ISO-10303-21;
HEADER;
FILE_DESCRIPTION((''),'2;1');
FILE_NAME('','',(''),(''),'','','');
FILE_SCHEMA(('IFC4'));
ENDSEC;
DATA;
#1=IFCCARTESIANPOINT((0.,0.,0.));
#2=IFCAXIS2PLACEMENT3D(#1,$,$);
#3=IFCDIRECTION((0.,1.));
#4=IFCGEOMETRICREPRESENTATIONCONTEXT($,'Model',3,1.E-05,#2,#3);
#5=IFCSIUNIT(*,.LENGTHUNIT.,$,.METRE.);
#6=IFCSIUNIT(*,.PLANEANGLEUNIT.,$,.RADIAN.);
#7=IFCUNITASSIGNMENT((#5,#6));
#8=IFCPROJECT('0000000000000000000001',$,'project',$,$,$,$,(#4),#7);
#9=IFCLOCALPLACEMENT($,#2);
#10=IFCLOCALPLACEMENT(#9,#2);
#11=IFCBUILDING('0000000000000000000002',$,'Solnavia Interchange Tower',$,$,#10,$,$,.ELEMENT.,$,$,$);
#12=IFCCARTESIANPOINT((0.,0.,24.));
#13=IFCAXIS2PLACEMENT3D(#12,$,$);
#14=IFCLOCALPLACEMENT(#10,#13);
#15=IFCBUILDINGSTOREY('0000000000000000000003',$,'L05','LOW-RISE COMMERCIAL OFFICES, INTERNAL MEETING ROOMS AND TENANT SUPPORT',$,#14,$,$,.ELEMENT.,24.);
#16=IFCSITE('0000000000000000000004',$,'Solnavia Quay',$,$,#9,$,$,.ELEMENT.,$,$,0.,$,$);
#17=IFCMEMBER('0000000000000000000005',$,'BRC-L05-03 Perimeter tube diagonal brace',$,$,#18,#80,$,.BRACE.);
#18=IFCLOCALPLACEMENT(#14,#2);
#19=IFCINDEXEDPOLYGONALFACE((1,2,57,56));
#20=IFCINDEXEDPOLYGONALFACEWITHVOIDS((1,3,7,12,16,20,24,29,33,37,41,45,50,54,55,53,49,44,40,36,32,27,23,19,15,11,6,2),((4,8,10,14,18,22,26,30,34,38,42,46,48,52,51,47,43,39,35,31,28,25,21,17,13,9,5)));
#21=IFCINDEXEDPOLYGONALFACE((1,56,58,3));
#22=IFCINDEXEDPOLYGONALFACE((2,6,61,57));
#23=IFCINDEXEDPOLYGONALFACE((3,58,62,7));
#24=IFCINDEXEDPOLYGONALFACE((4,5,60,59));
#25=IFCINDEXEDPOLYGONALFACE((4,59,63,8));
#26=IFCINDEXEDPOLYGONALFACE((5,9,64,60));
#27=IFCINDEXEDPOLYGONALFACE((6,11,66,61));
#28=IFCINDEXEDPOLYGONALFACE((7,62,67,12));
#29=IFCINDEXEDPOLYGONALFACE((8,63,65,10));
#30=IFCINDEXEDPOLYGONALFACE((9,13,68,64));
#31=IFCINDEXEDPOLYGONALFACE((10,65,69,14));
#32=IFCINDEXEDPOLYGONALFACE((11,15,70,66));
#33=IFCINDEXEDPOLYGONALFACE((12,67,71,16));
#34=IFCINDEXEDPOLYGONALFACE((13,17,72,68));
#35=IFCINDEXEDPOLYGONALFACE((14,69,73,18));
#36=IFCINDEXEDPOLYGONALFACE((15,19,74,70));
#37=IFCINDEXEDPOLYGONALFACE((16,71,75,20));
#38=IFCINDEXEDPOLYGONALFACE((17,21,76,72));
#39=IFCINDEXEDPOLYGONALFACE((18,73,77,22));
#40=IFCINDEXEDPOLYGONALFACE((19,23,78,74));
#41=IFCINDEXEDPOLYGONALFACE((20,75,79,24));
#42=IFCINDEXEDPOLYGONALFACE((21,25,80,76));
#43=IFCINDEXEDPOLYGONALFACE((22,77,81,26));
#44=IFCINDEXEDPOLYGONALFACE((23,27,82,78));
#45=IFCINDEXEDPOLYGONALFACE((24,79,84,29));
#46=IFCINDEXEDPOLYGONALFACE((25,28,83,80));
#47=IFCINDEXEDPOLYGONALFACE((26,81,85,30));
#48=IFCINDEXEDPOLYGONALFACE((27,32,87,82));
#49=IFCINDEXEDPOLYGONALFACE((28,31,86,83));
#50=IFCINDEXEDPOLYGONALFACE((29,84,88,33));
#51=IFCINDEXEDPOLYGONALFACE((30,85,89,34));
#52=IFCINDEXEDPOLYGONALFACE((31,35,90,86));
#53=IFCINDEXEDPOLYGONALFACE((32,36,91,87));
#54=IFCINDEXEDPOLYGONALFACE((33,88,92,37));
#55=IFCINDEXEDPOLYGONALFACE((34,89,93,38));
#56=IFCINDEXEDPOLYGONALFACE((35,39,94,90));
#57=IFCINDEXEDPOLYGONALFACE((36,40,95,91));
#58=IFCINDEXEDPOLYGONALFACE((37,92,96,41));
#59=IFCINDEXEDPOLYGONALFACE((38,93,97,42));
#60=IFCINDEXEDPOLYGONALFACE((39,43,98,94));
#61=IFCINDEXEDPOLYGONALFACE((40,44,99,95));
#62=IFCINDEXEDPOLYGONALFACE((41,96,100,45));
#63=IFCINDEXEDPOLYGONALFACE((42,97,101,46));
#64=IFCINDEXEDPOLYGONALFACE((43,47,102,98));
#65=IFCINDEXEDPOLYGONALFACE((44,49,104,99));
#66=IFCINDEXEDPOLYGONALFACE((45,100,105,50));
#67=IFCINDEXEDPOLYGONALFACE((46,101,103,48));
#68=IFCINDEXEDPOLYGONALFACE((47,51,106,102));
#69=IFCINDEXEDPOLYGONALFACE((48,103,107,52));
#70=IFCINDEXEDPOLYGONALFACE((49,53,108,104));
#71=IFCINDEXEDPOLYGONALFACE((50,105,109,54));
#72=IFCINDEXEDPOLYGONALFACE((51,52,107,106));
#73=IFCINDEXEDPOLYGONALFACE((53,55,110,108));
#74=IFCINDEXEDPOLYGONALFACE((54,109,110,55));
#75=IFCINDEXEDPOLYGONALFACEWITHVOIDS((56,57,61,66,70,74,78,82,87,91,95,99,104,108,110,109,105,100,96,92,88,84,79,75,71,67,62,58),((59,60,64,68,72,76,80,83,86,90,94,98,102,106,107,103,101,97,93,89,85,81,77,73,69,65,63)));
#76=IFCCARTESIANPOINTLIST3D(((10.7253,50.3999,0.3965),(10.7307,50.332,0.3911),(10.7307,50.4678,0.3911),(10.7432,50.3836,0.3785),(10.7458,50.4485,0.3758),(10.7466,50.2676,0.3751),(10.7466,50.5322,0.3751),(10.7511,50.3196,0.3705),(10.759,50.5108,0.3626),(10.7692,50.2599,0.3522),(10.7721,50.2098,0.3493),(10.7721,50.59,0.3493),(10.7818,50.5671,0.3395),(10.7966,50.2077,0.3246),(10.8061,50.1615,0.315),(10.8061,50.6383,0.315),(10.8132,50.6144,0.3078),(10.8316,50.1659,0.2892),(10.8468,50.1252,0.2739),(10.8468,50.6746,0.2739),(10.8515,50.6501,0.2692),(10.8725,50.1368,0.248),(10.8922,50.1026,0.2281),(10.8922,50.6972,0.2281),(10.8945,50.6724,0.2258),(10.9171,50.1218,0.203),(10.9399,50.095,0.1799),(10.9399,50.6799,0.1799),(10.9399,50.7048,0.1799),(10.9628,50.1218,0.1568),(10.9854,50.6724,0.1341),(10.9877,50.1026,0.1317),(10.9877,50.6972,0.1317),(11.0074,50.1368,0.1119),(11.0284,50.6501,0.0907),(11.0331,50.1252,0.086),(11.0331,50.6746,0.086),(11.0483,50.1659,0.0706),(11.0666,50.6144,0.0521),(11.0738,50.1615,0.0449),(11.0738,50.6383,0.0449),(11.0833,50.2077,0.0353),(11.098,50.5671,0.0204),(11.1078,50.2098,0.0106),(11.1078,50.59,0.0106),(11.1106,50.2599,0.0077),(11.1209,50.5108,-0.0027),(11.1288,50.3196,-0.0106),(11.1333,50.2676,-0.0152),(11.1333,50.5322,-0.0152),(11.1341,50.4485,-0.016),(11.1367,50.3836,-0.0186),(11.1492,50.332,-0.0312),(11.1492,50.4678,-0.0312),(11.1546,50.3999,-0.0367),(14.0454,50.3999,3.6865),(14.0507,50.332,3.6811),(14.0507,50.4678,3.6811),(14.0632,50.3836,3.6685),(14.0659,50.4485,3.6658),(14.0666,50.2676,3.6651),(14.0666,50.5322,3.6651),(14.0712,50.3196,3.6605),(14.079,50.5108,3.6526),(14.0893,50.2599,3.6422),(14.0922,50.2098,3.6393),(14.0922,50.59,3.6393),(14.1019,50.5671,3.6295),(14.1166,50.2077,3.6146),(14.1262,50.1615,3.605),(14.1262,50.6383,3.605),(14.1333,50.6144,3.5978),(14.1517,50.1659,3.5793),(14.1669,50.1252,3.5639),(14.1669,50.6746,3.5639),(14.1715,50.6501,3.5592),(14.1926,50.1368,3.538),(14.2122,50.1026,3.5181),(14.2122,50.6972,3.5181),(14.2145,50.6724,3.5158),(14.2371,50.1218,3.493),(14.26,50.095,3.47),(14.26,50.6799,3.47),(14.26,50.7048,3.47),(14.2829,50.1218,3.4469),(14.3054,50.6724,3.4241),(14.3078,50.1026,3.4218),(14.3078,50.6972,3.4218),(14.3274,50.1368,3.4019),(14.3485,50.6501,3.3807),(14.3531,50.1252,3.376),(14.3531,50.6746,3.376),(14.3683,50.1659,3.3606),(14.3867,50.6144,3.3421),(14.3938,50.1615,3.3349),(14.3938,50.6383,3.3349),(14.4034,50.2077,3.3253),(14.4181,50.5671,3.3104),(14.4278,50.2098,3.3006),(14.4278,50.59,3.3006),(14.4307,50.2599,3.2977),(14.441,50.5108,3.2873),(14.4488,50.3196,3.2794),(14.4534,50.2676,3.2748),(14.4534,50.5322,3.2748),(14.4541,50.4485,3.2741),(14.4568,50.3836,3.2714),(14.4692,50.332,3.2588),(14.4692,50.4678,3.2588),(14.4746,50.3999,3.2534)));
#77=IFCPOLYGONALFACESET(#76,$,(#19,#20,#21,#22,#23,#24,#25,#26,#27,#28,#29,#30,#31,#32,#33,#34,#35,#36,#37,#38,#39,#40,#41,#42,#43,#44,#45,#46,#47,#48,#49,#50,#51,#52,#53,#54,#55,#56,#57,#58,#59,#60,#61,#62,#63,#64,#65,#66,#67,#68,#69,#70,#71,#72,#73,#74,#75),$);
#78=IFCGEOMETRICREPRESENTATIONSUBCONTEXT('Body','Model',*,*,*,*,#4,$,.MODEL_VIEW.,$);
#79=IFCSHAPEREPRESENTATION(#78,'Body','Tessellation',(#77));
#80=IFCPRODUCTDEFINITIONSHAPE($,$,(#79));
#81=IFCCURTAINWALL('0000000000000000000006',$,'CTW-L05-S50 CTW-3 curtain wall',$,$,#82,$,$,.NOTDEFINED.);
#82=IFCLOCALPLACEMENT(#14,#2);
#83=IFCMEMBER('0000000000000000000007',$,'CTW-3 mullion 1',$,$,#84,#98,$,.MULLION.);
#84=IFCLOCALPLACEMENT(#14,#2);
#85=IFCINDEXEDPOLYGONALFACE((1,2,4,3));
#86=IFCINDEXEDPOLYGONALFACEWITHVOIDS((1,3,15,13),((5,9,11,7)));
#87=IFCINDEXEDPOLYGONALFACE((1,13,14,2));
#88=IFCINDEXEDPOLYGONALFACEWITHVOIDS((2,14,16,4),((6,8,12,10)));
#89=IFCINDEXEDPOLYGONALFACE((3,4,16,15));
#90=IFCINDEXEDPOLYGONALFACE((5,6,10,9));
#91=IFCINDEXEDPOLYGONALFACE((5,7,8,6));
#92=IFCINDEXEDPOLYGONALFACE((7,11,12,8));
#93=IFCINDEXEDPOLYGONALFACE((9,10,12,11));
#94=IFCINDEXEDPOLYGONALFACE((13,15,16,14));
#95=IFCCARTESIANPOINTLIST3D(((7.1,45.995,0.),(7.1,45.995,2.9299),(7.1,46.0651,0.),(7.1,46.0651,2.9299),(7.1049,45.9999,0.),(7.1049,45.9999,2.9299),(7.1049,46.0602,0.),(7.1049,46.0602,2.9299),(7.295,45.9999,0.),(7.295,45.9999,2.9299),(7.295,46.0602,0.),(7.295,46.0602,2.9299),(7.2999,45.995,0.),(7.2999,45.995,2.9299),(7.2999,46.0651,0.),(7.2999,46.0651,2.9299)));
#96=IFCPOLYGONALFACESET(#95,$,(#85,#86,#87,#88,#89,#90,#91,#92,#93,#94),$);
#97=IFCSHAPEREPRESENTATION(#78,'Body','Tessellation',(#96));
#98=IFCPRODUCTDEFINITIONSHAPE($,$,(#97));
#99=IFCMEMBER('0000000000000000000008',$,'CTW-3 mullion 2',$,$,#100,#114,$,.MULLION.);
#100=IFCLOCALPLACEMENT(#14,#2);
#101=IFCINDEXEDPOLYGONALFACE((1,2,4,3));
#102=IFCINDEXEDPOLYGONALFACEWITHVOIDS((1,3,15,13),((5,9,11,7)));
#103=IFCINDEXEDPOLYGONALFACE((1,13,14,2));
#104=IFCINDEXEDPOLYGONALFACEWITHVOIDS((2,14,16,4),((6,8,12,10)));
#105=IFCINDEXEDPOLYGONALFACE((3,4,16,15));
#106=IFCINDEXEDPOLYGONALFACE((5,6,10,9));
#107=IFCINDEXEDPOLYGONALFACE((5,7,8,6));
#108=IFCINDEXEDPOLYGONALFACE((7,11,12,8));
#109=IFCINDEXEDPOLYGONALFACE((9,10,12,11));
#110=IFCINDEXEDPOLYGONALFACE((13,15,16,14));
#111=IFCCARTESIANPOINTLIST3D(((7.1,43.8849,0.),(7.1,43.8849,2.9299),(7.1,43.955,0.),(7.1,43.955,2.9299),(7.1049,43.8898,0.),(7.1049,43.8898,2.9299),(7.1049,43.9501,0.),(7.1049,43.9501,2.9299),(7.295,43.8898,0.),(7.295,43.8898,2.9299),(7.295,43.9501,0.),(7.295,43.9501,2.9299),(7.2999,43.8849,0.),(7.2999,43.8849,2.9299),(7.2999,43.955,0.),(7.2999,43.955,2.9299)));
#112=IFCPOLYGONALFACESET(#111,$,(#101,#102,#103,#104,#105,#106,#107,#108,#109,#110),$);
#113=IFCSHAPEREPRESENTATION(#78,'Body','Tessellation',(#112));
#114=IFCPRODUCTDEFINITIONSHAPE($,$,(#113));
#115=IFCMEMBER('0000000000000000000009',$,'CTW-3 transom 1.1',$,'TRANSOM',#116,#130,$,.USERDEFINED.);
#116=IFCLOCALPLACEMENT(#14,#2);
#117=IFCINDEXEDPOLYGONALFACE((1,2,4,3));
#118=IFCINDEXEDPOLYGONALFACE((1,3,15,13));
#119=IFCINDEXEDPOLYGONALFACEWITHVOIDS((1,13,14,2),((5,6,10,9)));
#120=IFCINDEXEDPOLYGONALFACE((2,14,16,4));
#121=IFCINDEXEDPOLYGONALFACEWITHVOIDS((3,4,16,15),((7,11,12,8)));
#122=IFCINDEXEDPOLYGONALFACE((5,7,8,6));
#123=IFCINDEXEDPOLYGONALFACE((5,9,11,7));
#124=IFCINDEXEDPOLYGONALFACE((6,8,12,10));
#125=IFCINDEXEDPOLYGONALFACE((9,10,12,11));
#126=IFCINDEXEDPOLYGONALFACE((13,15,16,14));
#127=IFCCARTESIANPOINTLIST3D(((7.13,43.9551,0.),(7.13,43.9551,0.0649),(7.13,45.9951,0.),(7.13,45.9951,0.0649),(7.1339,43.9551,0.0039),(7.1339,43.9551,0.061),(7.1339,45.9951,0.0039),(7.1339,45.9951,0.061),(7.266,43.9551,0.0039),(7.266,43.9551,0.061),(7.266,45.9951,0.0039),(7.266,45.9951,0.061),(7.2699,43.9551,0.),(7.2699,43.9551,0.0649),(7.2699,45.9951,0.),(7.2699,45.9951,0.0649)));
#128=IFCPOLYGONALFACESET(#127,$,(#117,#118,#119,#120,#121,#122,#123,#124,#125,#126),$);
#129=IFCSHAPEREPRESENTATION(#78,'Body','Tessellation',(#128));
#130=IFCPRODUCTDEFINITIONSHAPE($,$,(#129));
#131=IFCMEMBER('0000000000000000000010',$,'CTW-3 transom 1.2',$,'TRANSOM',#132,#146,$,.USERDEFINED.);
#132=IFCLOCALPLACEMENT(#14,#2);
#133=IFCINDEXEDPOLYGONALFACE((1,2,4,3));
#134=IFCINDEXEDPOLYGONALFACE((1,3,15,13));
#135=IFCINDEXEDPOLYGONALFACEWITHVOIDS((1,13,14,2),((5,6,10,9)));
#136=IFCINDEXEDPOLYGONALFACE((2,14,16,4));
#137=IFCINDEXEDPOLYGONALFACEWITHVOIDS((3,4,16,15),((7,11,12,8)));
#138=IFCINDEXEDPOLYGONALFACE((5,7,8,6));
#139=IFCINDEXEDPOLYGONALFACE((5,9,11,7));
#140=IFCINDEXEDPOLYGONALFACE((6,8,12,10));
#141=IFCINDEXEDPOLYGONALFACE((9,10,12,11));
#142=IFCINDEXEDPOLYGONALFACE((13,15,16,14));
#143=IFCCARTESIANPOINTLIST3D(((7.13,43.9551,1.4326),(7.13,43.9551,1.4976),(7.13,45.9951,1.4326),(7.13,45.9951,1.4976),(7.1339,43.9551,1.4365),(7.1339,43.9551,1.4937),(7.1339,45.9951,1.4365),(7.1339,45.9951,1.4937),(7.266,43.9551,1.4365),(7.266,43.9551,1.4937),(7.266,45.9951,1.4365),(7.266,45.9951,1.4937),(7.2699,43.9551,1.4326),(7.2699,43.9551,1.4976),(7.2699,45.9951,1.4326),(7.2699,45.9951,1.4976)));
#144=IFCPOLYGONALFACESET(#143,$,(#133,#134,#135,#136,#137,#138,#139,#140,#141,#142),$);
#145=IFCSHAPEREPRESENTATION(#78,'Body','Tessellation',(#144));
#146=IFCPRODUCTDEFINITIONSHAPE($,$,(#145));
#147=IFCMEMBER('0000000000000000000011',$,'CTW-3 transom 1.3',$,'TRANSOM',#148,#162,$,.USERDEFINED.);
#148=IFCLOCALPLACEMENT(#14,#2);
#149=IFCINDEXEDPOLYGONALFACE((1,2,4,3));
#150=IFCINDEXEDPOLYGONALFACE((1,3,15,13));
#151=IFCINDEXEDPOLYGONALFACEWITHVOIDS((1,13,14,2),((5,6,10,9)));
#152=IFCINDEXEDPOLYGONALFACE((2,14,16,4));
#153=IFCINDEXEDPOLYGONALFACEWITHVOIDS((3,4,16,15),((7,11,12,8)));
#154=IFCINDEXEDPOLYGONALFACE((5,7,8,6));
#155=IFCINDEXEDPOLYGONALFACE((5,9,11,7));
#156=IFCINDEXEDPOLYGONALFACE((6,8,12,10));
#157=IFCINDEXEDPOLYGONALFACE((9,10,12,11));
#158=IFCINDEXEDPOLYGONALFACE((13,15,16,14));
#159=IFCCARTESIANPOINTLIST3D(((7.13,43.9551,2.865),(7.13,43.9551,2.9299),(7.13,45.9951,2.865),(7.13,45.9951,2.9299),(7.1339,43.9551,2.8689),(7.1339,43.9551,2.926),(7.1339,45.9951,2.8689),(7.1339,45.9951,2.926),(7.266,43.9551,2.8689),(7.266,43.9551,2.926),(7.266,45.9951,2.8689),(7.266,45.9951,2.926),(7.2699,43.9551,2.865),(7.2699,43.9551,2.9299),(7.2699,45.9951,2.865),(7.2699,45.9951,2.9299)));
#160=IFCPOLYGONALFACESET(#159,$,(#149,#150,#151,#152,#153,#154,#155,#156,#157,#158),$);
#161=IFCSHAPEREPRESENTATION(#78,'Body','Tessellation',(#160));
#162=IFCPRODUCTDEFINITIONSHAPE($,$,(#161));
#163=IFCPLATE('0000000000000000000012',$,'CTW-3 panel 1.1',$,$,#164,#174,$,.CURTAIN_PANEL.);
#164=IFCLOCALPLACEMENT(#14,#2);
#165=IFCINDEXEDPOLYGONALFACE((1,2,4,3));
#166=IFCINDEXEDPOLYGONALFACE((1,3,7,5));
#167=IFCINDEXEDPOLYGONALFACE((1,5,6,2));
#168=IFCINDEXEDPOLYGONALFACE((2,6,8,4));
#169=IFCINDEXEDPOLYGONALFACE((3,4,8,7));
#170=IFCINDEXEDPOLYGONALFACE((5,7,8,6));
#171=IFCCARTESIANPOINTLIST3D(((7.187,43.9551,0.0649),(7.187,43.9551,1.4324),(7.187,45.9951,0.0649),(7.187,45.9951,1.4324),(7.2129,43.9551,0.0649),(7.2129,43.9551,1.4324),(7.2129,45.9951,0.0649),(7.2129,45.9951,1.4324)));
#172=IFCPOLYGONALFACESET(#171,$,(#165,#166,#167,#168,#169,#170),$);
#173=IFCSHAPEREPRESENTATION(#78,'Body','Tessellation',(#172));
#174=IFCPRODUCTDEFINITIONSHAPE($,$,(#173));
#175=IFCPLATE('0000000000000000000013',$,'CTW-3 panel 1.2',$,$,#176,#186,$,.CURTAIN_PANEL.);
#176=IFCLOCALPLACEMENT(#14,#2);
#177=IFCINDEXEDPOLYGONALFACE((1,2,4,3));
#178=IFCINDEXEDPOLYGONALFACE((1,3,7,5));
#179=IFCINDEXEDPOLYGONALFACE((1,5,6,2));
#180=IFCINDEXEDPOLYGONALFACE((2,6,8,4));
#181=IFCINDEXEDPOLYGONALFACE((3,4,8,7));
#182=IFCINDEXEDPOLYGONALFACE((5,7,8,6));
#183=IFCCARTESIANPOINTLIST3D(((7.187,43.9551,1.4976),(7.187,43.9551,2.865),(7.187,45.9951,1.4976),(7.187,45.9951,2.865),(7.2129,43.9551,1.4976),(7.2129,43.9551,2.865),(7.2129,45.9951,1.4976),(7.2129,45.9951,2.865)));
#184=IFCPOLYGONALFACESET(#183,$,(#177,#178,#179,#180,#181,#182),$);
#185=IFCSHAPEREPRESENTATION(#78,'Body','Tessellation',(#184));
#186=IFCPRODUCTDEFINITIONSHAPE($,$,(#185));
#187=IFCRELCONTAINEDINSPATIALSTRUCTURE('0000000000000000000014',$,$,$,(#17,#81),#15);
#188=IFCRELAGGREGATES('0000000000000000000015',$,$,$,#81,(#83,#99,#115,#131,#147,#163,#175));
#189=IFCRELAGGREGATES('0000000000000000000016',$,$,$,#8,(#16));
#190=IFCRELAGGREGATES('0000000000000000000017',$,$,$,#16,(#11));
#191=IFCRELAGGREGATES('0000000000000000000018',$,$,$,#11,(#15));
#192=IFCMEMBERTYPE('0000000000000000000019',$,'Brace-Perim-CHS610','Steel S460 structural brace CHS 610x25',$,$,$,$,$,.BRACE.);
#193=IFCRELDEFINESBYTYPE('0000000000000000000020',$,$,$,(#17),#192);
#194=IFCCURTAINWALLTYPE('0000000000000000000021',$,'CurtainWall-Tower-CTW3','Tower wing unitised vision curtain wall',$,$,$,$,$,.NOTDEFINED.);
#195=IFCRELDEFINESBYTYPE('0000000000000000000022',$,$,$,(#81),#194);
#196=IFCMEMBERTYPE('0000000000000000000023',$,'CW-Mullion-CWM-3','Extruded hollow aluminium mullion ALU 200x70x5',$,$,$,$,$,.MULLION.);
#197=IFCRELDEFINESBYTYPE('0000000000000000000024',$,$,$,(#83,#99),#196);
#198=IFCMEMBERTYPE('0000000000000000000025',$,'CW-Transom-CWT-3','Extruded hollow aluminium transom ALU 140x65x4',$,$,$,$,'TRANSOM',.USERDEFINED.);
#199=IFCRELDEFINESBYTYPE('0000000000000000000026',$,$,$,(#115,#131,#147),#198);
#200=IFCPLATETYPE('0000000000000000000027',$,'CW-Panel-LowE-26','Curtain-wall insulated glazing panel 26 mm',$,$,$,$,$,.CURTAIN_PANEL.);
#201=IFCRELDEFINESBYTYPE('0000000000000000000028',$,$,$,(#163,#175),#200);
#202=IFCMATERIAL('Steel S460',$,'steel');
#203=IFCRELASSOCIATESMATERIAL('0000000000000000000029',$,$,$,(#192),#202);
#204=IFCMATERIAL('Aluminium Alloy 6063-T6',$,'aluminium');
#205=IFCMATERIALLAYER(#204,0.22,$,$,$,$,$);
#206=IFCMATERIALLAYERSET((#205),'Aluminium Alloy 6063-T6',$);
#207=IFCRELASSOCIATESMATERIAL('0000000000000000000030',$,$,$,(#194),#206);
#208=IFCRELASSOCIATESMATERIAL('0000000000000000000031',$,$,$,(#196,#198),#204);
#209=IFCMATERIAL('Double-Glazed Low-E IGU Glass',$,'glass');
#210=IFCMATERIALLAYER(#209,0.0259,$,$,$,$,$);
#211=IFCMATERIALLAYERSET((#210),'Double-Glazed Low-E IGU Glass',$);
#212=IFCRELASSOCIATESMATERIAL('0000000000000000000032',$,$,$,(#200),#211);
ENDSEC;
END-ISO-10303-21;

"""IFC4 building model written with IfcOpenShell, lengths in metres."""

from ifc_helpers import new_model, si_unit, direction, frame, origin, origin_2d, place, context, subcontext, project, spatial, rectangle, hollow_rectangle, hollow_circle, extrude, material, layer, layer_set, material_profile, profile_set, type_object, element, aggregate, save


model = new_model("IFC4")

# Units and contexts
model_context = context("Model", 3, precision=1e-05, world=origin(), true_north=direction((0.0, 1.0)))
body_context = subcontext(model_context, "Body", "Model", "MODEL_VIEW")
ifc_project = project(units=[si_unit("LENGTHUNIT", "METRE"), si_unit("PLANEANGLEUNIT", "RADIAN")], contexts=[model_context])

# Site, building, storey
site_placement = place(None, origin())
site = spatial("IfcSite", under=ifc_project, at=site_placement, Name="Solnavia Quay", CompositionType="ELEMENT", RefElevation=0.0)
building_placement = place(site_placement, origin())
building = spatial("IfcBuilding", under=site, at=building_placement, Name="Solnavia Interchange Tower", CompositionType="ELEMENT")
storey_placement = place(building_placement, frame((0.0, 0.0, 24.0)))
storey = spatial("IfcBuildingStorey", under=building, at=storey_placement, Name="L05", Description="LOW-RISE COMMERCIAL OFFICES, INTERNAL MEETING ROOMS AND TENANT SUPPORT", CompositionType="ELEMENT", Elevation=24.0)

# Member
ifc_material_1 = material(Name="Steel S460", Category="steel")
ifc_material_profile_1 = material_profile(ifc_material_1, hollow_circle(Radius=0.3049, WallThickness=0.0249, at=origin_2d()), Name="CHS 610x25")
ifc_profile_set_1 = profile_set([ifc_material_profile_1], Name="Steel S460")
member_type_1 = type_object("IfcMemberType", Name="Brace-Perim-CHS610", Description="Steel S460 structural brace CHS 610x25", PredefinedType="BRACE", material=ifc_profile_set_1)
member_1_placement = place(storey_placement, frame((10.9399, 50.3999, 0.1799), z_axis=(0.710312, 0.0, 0.703887), x_axis=(0.0, 1.0, 0.0)))
element("IfcMember", 1, at=member_1_placement, inside=storey, type_object=member_type_1, Name="BRC-L05-03 Perimeter tube diagonal brace", PredefinedType="BRACE", context=body_context, shape_type="SweptSolid", body=[
    extrude(hollow_circle(Radius=0.3049, WallThickness=0.0249, at=origin_2d()), origin(), (0.0, 0.0, 1.0), 4.6741),
])

# Curtain wall, members, plates
ifc_material_2 = material(Name="Aluminium Alloy 6063-T6", Category="aluminium")
ifc_layer_1 = layer(ifc_material_2, 0.22)
ifc_layer_set_1 = layer_set([ifc_layer_1], Name="Aluminium Alloy 6063-T6")
curtain_wall_type = type_object("IfcCurtainWallType", Name="CurtainWall-Tower-CTW3", Description="Tower wing unitised vision curtain wall", PredefinedType="NOTDEFINED", material=ifc_layer_set_1)
curtain_wall_placement = place(storey_placement, origin())
curtain_wall = element("IfcCurtainWall", 2, at=curtain_wall_placement, inside=storey, type_object=curtain_wall_type, Name="CTW-L05-S50 CTW-3 curtain wall", PredefinedType="NOTDEFINED")
ifc_material_profile_2 = material_profile(ifc_material_2, hollow_rectangle(XDim=0.0701, YDim=0.2, WallThickness=0.0049, at=origin_2d()), Name="ALU 200x70x5")
ifc_profile_set_2 = profile_set([ifc_material_profile_2], Name="Aluminium Alloy 6063-T6")
member_type_2 = type_object("IfcMemberType", Name="CW-Mullion-CWM-3", Description="Extruded hollow aluminium mullion ALU 200x70x5", PredefinedType="MULLION", material=ifc_profile_set_2)
member_2_placement = place(storey_placement, frame((7.2, 46.03, 0.0), z_axis=(0.0, 0.0, 1.0), x_axis=(0.0, -1.0, 0.0)))
member_2 = element("IfcMember", 3, at=member_2_placement, type_object=member_type_2, Name="CTW-3 mullion 1", PredefinedType="MULLION", context=body_context, shape_type="SweptSolid", body=[
    extrude(hollow_rectangle(XDim=0.0701, YDim=0.2, WallThickness=0.0049, at=origin_2d()), origin(), (0.0, 0.0, 1.0), 2.9299),
])
member_3_placement = place(storey_placement, frame((7.2, 43.9199, 0.0), z_axis=(0.0, 0.0, 1.0), x_axis=(0.0, -1.0, 0.0)))
member_3 = element("IfcMember", 4, at=member_3_placement, type_object=member_type_2, Name="CTW-3 mullion 2", PredefinedType="MULLION", context=body_context, shape_type="SweptSolid", body=[
    extrude(hollow_rectangle(XDim=0.0701, YDim=0.2, WallThickness=0.0049, at=origin_2d()), origin(), (0.0, 0.0, 1.0), 2.9299),
])
ifc_material_profile_3 = material_profile(ifc_material_2, hollow_rectangle(XDim=0.0649, YDim=0.1399, WallThickness=0.0039, at=origin_2d()), Name="ALU 140x65x4")
ifc_profile_set_3 = profile_set([ifc_material_profile_3], Name="Aluminium Alloy 6063-T6")
member_type_3 = type_object("IfcMemberType", Name="CW-Transom-CWT-3", Description="Extruded hollow aluminium transom ALU 140x65x4", ElementType="TRANSOM", PredefinedType="USERDEFINED", material=ifc_profile_set_3)
member_4_placement = place(storey_placement, frame((7.2, 45.9951, 0.0325), z_axis=(0.0, -1.0, 0.0), x_axis=(0.0, 0.0, 1.0)))
member_4 = element("IfcMember", 5, at=member_4_placement, type_object=member_type_3, Name="CTW-3 transom 1.1", ObjectType="TRANSOM", PredefinedType="USERDEFINED", context=body_context, shape_type="SweptSolid", body=[
    extrude(hollow_rectangle(XDim=0.0649, YDim=0.1399, WallThickness=0.0039, at=origin_2d()), origin(), (0.0, 0.0, 1.0), 2.04),
])
member_5_placement = place(storey_placement, frame((7.2, 45.9951, 1.4651), z_axis=(0.0, -1.0, 0.0), x_axis=(0.0, 0.0, 1.0)))
member_5 = element("IfcMember", 6, at=member_5_placement, type_object=member_type_3, Name="CTW-3 transom 1.2", ObjectType="TRANSOM", PredefinedType="USERDEFINED", context=body_context, shape_type="SweptSolid", body=[
    extrude(hollow_rectangle(XDim=0.0649, YDim=0.1399, WallThickness=0.0039, at=origin_2d()), origin(), (0.0, 0.0, 1.0), 2.04),
])
member_6_placement = place(storey_placement, frame((7.2, 45.9951, 2.8975), z_axis=(0.0, -1.0, 0.0), x_axis=(0.0, 0.0, 1.0)))
member_6 = element("IfcMember", 7, at=member_6_placement, type_object=member_type_3, Name="CTW-3 transom 1.3", ObjectType="TRANSOM", PredefinedType="USERDEFINED", context=body_context, shape_type="SweptSolid", body=[
    extrude(hollow_rectangle(XDim=0.0649, YDim=0.1399, WallThickness=0.0039, at=origin_2d()), origin(), (0.0, 0.0, 1.0), 2.04),
])
ifc_material_3 = material(Name="Double-Glazed Low-E IGU Glass", Category="glass")
ifc_layer_2 = layer(ifc_material_3, 0.0259)
ifc_layer_set_2 = layer_set([ifc_layer_2], Name="Double-Glazed Low-E IGU Glass")
plate_type_1 = type_object("IfcPlateType", Name="CW-Panel-LowE-26", Description="Curtain-wall insulated glazing panel 26 mm", PredefinedType="CURTAIN_PANEL", material=ifc_layer_set_2)
plate_1_placement = place(storey_placement, frame((7.2, 44.9751, 0.0649), z_axis=(0.0, 0.0, 1.0), x_axis=(0.0, -1.0, 0.0)))
plate_1 = element("IfcPlate", 8, at=plate_1_placement, type_object=plate_type_1, Name="CTW-3 panel 1.1", PredefinedType="CURTAIN_PANEL", context=body_context, shape_type="SweptSolid", body=[
    extrude(rectangle(XDim=2.04, YDim=0.0259, at=origin_2d()), origin(), (0.0, 0.0, 1.0), 1.3674),
])
plate_2_placement = place(storey_placement, frame((7.2, 44.9751, 1.4976), z_axis=(0.0, 0.0, 1.0), x_axis=(0.0, -1.0, 0.0)))
plate_2 = element("IfcPlate", 9, at=plate_2_placement, type_object=plate_type_1, Name="CTW-3 panel 1.2", PredefinedType="CURTAIN_PANEL", context=body_context, shape_type="SweptSolid", body=[
    extrude(rectangle(XDim=2.04, YDim=0.0259, at=origin_2d()), origin(), (0.0, 0.0, 1.0), 1.3674),
])
aggregate(curtain_wall, [member_2, member_3, member_4, member_5, member_6, plate_1, plate_2])

save(model, "model.ifc")
